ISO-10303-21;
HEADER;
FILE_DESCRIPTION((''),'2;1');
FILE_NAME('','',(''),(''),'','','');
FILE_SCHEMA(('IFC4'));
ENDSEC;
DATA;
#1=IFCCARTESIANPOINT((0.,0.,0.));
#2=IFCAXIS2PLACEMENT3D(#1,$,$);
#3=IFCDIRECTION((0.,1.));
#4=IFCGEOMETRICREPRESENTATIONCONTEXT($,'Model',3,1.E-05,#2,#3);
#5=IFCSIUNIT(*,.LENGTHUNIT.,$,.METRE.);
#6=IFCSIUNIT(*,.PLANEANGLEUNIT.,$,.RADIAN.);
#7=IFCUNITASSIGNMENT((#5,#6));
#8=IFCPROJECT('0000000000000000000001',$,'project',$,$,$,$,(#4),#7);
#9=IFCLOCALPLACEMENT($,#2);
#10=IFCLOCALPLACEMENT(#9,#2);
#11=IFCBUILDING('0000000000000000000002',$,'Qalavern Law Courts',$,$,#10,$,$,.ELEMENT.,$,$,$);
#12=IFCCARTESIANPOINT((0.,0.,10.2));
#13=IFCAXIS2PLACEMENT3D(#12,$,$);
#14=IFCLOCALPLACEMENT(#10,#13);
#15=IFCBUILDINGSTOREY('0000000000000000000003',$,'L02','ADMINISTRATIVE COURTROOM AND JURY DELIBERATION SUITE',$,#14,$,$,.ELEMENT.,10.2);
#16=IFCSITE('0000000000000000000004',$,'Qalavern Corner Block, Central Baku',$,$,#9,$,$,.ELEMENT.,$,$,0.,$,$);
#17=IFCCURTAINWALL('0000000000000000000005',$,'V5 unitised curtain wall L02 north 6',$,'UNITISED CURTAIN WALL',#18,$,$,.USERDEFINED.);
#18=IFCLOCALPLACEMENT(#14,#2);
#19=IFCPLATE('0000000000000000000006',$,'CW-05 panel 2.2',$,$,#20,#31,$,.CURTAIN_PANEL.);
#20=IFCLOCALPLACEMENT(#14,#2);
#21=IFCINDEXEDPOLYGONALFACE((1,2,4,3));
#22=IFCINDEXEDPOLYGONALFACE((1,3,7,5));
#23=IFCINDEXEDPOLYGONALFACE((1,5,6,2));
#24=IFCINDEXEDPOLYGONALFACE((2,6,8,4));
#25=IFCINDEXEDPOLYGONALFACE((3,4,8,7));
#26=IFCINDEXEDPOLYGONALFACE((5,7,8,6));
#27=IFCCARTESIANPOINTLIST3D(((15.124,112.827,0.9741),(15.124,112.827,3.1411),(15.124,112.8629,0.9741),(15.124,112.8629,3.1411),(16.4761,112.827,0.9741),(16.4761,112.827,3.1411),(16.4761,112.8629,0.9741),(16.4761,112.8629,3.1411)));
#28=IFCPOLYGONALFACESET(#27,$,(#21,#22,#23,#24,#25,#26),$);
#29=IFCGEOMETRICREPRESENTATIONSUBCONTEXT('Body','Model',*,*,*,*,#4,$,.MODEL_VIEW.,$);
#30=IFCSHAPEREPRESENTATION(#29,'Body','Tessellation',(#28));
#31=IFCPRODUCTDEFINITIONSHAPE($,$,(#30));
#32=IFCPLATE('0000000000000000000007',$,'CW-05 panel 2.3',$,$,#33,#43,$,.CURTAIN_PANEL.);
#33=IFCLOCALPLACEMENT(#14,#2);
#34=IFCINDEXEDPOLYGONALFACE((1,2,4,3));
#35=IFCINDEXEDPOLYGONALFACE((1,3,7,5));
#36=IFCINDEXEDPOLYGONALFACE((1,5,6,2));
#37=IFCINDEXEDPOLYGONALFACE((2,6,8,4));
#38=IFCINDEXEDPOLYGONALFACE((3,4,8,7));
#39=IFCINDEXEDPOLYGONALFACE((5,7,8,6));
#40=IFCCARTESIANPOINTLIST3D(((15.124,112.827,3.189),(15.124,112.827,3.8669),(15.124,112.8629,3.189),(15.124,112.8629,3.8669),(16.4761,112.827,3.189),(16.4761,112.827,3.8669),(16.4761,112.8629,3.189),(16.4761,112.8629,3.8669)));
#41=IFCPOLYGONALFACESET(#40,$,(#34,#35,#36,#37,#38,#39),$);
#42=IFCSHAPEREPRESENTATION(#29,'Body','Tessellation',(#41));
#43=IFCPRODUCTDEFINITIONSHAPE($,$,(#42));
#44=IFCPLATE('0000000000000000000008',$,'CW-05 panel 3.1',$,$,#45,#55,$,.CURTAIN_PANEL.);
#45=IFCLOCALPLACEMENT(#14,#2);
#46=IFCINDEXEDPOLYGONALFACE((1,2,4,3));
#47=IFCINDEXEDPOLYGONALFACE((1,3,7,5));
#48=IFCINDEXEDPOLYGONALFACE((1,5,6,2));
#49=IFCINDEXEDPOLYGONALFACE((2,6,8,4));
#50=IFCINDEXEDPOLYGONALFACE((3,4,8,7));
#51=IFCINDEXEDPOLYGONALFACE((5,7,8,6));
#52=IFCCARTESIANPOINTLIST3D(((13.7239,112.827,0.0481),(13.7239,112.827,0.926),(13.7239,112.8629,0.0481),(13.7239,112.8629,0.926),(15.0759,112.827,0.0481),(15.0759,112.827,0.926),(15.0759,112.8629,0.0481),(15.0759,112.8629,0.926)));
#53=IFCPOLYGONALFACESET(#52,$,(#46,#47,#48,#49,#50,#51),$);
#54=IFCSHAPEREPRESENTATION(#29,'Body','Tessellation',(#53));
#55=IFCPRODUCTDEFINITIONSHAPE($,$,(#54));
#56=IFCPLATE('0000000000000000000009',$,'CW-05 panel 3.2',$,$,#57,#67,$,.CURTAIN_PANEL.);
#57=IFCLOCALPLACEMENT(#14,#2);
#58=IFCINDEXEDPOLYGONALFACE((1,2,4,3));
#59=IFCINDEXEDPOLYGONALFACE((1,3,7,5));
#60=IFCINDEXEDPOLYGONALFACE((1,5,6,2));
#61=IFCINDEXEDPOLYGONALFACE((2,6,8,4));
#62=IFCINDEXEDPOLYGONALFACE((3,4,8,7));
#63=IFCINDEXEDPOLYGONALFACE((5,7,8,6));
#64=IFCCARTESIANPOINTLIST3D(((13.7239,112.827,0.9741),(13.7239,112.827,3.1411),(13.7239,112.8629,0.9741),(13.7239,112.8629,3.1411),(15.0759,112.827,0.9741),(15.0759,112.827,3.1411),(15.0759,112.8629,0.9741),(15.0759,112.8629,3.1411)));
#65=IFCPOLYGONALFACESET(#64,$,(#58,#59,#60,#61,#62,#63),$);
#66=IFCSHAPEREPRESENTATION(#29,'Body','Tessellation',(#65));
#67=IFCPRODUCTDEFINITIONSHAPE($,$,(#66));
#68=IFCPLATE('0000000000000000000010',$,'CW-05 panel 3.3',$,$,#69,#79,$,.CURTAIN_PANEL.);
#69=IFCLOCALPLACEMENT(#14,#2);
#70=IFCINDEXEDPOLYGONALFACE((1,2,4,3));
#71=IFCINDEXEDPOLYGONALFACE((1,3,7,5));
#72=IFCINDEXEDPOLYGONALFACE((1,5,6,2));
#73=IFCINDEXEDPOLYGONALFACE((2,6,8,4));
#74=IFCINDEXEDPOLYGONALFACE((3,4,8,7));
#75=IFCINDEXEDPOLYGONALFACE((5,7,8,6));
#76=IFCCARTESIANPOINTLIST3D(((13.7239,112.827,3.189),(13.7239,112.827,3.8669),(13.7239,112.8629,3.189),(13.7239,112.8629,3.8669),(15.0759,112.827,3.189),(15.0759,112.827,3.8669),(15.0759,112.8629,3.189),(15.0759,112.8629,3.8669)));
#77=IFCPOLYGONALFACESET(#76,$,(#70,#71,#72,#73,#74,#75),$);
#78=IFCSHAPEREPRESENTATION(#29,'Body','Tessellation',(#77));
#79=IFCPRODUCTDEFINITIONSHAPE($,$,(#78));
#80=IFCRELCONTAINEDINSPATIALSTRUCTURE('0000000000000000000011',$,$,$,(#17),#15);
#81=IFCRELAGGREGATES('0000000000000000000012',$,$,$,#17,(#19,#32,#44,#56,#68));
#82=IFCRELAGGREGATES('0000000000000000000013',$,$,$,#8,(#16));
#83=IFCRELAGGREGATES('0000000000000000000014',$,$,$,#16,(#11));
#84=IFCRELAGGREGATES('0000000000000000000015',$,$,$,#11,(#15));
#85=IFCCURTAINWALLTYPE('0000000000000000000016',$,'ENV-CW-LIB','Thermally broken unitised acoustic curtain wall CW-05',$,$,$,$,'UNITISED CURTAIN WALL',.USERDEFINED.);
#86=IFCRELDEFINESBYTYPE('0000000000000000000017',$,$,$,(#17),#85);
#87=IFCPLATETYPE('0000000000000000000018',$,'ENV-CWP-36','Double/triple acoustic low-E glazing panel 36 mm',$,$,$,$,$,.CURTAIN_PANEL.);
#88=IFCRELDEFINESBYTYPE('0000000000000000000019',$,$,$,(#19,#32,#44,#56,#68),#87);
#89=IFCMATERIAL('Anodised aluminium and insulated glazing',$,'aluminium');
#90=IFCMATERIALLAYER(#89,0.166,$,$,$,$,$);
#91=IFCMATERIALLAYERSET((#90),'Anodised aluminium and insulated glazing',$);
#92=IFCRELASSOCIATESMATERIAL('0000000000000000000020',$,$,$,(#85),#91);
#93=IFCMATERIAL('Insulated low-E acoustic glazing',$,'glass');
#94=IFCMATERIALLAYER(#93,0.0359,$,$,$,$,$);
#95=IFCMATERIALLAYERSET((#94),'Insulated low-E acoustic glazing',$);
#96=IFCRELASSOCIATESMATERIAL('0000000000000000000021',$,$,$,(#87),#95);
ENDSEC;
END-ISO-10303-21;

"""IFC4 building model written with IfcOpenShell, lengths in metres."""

from ifc_helpers import new_model, si_unit, direction, frame, origin, origin_2d, place, context, subcontext, project, spatial, rectangle, extrude, material, layer, layer_set, type_object, element, aggregate, save


model = new_model("IFC4")

# Units and contexts
model_context = context("Model", 3, precision=1e-05, world=origin(), true_north=direction((0.0, 1.0)))
body_context = subcontext(model_context, "Body", "Model", "MODEL_VIEW")
ifc_project = project(units=[si_unit("LENGTHUNIT", "METRE"), si_unit("PLANEANGLEUNIT", "RADIAN")], contexts=[model_context])

# Site, building, storey
site_placement = place(None, origin())
site = spatial("IfcSite", under=ifc_project, at=site_placement, Name="Qalavern Corner Block, Central Baku", CompositionType="ELEMENT", RefElevation=0.0)
building_placement = place(site_placement, origin())
building = spatial("IfcBuilding", under=site, at=building_placement, Name="Qalavern Law Courts", CompositionType="ELEMENT")
storey_placement = place(building_placement, frame((0.0, 0.0, 10.2)))
storey = spatial("IfcBuildingStorey", under=building, at=storey_placement, Name="L02", Description="ADMINISTRATIVE COURTROOM AND JURY DELIBERATION SUITE", CompositionType="ELEMENT", Elevation=10.2)

# Curtain wall
ifc_material_1 = material(Name="Anodised aluminium and insulated glazing", Category="aluminium")
ifc_layer_1 = layer(ifc_material_1, 0.166)
ifc_layer_set_1 = layer_set([ifc_layer_1], Name="Anodised aluminium and insulated glazing")
curtain_wall_type = type_object("IfcCurtainWallType", Name="ENV-CW-LIB", Description="Thermally broken unitised acoustic curtain wall CW-05", ElementType="UNITISED CURTAIN WALL", PredefinedType="USERDEFINED", material=ifc_layer_set_1)
curtain_wall_placement = place(storey_placement, origin())
curtain_wall = element("IfcCurtainWall", 1, at=curtain_wall_placement, inside=storey, type_object=curtain_wall_type, Name="V5 unitised curtain wall L02 north 6", ObjectType="UNITISED CURTAIN WALL", PredefinedType="USERDEFINED")

# Plates
ifc_material_2 = material(Name="Insulated low-E acoustic glazing", Category="glass")
ifc_layer_2 = layer(ifc_material_2, 0.0359)
ifc_layer_set_2 = layer_set([ifc_layer_2], Name="Insulated low-E acoustic glazing")
plate_type = type_object("IfcPlateType", Name="ENV-CWP-36", Description="Double/triple acoustic low-E glazing panel 36 mm", PredefinedType="CURTAIN_PANEL", material=ifc_layer_set_2)
plate_1_placement = place(storey_placement, frame((15.8, 112.845, 0.9741), z_axis=(0.0, 0.0, 1.0), x_axis=(-1.0, 0.0, 0.0)))
plate_1 = element("IfcPlate", 2, at=plate_1_placement, type_object=plate_type, Name="CW-05 panel 2.2", PredefinedType="CURTAIN_PANEL", context=body_context, shape_type="SweptSolid", body=[
    extrude(rectangle(XDim=1.3521, YDim=0.0359, at=origin_2d()), origin(), (0.0, 0.0, 1.0), 2.167),
])
plate_2_placement = place(storey_placement, frame((15.8, 112.845, 3.189), z_axis=(0.0, 0.0, 1.0), x_axis=(-1.0, 0.0, 0.0)))
plate_2 = element("IfcPlate", 3, at=plate_2_placement, type_object=plate_type, Name="CW-05 panel 2.3", PredefinedType="CURTAIN_PANEL", context=body_context, shape_type="SweptSolid", body=[
    extrude(rectangle(XDim=1.3521, YDim=0.0359, at=origin_2d()), origin(), (0.0, 0.0, 1.0), 0.678),
])
plate_3_placement = place(storey_placement, frame((14.3999, 112.845, 0.0481), z_axis=(0.0, 0.0, 1.0), x_axis=(-1.0, 0.0, 0.0)))
plate_3 = element("IfcPlate", 4, at=plate_3_placement, type_object=plate_type, Name="CW-05 panel 3.1", PredefinedType="CURTAIN_PANEL", context=body_context, shape_type="SweptSolid", body=[
    extrude(rectangle(XDim=1.3521, YDim=0.0359, at=origin_2d()), origin(), (0.0, 0.0, 1.0), 0.8779),
])
plate_4_placement = place(storey_placement, frame((14.3999, 112.845, 0.9741), z_axis=(0.0, 0.0, 1.0), x_axis=(-1.0, 0.0, 0.0)))
plate_4 = element("IfcPlate", 5, at=plate_4_placement, type_object=plate_type, Name="CW-05 panel 3.2", PredefinedType="CURTAIN_PANEL", context=body_context, shape_type="SweptSolid", body=[
    extrude(rectangle(XDim=1.3521, YDim=0.0359, at=origin_2d()), origin(), (0.0, 0.0, 1.0), 2.167),
])
plate_5_placement = place(storey_placement, frame((14.3999, 112.845, 3.189), z_axis=(0.0, 0.0, 1.0), x_axis=(-1.0, 0.0, 0.0)))
plate_5 = element("IfcPlate", 6, at=plate_5_placement, type_object=plate_type, Name="CW-05 panel 3.3", PredefinedType="CURTAIN_PANEL", context=body_context, shape_type="SweptSolid", body=[
    extrude(rectangle(XDim=1.3521, YDim=0.0359, at=origin_2d()), origin(), (0.0, 0.0, 1.0), 0.678),
])
aggregate(curtain_wall, [plate_1, plate_2, plate_3, plate_4, plate_5])

save(model, "model.ifc")
